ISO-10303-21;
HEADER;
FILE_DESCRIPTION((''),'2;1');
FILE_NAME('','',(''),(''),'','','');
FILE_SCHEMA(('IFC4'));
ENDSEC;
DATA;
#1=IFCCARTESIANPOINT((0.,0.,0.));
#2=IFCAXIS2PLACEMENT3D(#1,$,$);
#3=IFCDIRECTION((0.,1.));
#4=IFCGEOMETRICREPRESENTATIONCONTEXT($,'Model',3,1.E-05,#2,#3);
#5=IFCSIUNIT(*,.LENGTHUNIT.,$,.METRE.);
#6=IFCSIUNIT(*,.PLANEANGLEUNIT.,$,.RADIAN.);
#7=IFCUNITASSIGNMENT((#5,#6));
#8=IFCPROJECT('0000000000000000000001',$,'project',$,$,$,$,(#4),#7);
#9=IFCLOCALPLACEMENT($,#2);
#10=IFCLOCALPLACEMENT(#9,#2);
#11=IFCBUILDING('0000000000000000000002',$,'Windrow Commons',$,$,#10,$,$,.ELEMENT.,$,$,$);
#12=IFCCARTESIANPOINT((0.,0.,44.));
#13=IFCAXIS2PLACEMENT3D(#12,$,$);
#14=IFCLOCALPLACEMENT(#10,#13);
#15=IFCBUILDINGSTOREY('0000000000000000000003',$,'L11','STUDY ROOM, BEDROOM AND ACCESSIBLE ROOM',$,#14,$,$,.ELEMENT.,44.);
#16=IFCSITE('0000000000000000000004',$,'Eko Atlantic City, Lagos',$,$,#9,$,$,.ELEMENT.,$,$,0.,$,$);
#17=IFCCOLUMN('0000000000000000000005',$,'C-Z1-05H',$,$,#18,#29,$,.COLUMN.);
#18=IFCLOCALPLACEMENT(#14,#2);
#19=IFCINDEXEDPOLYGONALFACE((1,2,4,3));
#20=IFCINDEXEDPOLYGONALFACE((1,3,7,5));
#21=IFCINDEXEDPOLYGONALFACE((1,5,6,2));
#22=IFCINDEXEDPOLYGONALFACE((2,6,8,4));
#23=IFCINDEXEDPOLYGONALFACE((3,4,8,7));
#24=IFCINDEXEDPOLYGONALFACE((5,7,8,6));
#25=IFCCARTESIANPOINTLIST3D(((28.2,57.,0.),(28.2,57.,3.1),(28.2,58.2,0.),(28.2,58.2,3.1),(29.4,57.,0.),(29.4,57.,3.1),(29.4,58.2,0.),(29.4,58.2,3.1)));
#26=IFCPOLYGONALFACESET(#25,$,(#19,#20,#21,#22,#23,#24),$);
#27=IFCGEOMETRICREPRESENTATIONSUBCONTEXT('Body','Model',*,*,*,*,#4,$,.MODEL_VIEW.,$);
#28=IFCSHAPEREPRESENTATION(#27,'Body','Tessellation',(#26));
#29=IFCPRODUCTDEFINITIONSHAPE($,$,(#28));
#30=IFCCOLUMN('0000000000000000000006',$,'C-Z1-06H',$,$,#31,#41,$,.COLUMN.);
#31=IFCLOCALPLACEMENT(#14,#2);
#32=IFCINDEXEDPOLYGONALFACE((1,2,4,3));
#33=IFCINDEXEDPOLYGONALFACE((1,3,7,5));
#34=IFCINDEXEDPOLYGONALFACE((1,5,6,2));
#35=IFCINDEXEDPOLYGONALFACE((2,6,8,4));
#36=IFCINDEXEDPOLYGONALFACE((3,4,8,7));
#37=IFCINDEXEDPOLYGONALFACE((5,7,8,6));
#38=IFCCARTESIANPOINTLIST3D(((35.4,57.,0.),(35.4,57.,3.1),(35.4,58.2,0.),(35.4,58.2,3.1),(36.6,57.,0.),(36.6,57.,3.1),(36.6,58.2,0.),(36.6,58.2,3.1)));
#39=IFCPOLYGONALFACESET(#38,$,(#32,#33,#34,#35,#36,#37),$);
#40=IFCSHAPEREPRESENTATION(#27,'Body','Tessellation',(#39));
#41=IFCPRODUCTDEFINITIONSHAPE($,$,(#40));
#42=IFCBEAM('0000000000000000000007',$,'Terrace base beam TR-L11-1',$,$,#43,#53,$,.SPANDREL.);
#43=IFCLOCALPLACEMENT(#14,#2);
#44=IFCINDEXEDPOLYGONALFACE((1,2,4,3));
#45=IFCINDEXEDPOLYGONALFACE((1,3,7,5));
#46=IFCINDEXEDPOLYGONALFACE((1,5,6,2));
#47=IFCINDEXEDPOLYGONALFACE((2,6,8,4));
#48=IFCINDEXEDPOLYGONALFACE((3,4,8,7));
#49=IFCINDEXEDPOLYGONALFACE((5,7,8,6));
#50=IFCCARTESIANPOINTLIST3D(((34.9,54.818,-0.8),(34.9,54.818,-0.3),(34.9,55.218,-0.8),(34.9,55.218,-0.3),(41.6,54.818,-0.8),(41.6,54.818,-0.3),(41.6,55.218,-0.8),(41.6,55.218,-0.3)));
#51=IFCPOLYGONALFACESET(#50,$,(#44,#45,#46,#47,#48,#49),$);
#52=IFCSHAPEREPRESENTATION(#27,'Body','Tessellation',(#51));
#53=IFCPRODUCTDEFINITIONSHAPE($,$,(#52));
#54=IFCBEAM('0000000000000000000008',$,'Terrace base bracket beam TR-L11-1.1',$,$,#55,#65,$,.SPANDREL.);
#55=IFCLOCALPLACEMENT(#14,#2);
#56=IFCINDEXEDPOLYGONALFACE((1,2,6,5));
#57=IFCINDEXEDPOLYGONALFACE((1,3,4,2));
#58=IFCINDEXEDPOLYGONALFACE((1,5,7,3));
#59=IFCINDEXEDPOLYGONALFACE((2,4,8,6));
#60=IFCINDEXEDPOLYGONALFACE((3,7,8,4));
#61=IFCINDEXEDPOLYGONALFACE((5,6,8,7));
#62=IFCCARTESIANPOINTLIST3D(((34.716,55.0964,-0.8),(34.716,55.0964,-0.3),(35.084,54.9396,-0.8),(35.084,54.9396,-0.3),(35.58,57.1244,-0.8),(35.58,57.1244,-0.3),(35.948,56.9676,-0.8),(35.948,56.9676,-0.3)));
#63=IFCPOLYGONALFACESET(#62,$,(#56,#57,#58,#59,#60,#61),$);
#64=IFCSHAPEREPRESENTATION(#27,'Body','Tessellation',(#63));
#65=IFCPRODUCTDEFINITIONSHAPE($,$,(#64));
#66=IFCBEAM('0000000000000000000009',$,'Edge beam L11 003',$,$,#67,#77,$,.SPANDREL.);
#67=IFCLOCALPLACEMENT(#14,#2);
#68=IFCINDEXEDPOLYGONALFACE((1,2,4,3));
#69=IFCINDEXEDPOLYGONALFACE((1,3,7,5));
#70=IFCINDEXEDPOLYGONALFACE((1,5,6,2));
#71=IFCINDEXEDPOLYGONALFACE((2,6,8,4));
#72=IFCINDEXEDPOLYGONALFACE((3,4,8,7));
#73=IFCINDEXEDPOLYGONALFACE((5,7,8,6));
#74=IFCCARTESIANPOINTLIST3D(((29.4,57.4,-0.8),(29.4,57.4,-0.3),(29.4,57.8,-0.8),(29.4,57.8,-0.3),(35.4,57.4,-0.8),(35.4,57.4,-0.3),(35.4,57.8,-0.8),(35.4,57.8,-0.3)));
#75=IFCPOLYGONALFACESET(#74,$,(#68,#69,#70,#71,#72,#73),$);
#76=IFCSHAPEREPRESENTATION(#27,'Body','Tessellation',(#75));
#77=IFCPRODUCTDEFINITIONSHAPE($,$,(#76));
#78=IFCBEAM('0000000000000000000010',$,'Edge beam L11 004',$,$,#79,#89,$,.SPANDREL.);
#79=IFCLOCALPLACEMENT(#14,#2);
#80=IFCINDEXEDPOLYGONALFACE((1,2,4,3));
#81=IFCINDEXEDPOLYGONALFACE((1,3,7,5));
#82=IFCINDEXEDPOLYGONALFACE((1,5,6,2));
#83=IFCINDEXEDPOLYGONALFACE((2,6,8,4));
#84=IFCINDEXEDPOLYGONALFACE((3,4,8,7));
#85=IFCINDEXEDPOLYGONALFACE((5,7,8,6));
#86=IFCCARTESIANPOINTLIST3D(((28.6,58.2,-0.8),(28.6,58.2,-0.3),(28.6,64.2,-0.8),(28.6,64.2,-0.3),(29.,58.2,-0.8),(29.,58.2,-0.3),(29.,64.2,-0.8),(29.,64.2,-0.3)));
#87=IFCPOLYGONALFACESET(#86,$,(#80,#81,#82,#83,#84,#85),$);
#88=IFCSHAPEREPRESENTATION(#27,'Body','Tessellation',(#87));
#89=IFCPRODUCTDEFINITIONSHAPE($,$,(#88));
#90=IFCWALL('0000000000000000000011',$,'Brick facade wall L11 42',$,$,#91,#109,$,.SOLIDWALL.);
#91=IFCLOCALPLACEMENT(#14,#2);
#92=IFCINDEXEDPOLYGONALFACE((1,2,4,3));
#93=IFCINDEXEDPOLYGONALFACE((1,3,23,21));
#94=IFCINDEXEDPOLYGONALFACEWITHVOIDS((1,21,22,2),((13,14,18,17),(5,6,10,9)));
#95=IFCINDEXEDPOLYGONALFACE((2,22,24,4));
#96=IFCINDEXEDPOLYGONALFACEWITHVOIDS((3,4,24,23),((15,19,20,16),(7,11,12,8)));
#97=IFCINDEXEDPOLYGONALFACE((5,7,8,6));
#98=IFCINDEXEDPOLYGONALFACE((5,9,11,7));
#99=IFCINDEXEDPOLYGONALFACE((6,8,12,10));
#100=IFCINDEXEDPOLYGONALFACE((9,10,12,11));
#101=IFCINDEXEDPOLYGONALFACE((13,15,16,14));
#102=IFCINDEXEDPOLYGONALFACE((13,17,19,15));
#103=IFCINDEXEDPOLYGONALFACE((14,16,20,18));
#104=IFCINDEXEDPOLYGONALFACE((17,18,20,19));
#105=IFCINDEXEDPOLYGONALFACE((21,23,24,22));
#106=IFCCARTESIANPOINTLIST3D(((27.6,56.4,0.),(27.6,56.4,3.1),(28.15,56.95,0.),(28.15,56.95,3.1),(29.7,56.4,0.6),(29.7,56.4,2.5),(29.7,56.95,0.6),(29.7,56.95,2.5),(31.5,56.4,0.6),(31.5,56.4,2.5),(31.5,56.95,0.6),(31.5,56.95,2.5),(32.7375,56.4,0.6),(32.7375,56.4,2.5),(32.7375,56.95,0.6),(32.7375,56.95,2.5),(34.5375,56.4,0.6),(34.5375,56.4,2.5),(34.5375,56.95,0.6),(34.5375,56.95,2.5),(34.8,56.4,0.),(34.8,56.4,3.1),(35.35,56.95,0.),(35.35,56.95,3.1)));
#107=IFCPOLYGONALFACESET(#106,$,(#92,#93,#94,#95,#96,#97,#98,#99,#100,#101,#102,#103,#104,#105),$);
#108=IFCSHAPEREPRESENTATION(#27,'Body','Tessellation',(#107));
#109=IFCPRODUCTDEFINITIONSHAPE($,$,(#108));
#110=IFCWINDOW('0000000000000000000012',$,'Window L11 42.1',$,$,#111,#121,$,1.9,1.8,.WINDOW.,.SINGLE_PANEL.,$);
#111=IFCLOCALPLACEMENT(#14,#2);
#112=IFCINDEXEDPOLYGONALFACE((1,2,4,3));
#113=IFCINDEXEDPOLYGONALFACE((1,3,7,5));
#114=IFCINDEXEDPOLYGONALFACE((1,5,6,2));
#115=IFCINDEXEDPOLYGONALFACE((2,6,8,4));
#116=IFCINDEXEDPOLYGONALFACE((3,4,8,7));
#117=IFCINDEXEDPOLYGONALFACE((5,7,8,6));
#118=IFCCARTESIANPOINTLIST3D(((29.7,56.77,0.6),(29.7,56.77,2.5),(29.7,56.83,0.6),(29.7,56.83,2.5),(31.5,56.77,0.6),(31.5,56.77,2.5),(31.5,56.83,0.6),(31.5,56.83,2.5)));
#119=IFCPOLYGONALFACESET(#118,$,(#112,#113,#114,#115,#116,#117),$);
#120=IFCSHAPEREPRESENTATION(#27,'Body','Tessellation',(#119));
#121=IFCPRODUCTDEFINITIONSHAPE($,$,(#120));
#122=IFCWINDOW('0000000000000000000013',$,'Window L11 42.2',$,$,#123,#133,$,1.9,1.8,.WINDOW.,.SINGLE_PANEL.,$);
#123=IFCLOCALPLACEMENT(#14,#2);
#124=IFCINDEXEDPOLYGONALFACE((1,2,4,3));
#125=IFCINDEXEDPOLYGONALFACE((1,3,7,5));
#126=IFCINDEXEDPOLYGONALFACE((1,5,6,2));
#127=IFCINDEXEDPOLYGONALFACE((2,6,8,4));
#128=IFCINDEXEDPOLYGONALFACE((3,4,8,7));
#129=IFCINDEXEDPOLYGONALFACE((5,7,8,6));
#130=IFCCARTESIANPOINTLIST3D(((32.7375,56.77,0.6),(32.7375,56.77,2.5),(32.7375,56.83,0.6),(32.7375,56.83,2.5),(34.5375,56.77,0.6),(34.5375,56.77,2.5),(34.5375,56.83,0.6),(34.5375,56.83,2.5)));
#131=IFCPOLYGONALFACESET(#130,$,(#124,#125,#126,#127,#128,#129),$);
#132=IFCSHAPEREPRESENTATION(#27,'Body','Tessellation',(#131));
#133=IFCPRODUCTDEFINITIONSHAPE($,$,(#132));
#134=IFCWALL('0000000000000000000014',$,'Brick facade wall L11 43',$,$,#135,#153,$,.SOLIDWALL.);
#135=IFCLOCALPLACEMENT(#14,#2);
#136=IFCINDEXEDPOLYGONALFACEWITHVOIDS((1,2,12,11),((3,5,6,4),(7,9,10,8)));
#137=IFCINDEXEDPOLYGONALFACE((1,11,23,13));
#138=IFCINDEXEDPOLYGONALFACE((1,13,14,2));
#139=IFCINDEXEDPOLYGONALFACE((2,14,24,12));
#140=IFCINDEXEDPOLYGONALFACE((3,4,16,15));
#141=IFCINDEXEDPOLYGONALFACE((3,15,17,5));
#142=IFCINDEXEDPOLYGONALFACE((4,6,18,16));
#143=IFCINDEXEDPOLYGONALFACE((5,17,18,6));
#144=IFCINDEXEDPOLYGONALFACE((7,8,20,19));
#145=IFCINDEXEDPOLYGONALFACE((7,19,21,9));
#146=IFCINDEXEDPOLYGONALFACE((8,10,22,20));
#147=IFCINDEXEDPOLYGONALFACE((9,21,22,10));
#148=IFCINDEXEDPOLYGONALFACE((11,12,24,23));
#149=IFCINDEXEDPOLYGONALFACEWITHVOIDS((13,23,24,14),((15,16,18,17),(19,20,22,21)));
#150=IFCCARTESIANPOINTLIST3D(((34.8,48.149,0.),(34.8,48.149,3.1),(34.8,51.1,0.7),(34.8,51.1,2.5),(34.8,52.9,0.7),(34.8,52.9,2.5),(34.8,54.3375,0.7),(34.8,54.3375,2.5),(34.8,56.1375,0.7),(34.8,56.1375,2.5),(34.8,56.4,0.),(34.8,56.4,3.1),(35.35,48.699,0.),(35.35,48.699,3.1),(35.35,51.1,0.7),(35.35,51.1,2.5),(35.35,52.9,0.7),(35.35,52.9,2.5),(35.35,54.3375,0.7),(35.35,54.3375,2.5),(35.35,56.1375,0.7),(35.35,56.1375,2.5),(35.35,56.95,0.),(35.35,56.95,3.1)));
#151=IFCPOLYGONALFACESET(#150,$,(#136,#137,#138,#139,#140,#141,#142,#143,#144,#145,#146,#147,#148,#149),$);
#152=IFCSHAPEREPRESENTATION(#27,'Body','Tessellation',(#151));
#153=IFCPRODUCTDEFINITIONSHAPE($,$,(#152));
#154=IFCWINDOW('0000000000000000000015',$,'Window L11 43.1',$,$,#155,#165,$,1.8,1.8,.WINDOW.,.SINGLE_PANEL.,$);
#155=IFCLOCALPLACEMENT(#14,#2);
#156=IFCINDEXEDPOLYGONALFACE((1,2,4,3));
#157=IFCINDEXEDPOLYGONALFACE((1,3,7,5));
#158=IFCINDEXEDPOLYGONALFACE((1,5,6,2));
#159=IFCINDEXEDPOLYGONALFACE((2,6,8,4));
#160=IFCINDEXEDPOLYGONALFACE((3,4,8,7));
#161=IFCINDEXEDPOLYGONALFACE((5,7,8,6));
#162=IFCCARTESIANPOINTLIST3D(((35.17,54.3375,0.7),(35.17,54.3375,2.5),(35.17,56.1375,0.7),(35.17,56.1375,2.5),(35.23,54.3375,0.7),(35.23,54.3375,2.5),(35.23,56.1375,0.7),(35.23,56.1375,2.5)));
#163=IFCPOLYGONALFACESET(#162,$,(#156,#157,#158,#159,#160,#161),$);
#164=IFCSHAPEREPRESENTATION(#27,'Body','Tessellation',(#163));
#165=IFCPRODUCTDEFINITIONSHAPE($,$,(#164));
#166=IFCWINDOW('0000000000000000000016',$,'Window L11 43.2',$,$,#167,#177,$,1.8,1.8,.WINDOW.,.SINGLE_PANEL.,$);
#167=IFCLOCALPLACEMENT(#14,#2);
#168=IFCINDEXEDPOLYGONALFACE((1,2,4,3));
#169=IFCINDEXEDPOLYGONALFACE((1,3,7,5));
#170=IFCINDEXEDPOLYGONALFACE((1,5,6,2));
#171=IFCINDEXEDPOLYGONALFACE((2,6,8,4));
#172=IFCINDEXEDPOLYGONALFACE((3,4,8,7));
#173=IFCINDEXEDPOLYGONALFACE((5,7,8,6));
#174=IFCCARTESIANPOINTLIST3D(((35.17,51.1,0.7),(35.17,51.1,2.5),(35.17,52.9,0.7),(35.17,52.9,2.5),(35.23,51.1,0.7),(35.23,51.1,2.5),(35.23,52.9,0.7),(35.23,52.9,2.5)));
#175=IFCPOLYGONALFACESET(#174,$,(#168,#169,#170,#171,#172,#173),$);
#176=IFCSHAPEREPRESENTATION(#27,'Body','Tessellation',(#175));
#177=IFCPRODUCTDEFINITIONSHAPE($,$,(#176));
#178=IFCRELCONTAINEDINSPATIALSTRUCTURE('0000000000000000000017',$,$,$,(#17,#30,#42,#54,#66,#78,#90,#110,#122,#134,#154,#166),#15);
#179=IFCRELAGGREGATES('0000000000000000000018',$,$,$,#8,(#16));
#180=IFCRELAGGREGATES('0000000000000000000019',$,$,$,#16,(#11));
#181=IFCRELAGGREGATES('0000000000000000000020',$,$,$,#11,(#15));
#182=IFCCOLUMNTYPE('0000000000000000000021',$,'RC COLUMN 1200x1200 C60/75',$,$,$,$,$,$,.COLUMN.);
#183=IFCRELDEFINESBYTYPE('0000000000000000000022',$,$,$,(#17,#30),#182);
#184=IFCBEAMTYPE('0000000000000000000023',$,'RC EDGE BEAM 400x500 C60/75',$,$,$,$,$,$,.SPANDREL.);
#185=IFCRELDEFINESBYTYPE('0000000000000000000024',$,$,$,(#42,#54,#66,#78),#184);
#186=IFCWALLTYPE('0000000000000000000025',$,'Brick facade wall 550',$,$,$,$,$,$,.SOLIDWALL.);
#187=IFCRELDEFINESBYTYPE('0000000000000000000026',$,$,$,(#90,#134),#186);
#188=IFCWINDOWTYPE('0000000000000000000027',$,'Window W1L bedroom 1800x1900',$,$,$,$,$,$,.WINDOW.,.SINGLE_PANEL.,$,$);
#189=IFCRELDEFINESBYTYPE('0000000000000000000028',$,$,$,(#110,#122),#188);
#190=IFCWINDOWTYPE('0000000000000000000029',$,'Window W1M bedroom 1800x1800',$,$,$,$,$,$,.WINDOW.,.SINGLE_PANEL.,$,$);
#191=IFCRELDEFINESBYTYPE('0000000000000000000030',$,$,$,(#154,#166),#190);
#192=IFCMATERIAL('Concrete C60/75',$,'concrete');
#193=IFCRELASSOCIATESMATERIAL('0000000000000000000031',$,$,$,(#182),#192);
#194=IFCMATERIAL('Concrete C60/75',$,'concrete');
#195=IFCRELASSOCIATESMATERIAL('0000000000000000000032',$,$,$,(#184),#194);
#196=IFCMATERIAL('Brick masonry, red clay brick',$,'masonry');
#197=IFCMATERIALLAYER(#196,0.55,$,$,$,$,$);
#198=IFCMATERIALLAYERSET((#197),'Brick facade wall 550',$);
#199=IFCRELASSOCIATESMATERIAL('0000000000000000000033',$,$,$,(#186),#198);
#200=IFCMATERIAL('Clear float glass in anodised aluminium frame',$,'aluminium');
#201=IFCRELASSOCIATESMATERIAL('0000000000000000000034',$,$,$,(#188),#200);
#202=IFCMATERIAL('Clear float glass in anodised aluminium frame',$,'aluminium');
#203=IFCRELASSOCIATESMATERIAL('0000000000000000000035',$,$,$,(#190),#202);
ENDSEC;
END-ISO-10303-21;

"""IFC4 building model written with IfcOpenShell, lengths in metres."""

from ifc_helpers import new_model, si_unit, direction, frame, frame_2d, origin, origin_2d, place, context, subcontext, project, spatial, polyline, rectangle, outline, extrude, material, layer, layer_set, material_profile, profile_set, type_object, element, fill, save


model = new_model("IFC4")

# Units and contexts
model_context = context("Model", 3, precision=1e-05, world=origin(), true_north=direction((0.0, 1.0)))
body_context = subcontext(model_context, "Body", "Model", "MODEL_VIEW")
ifc_project = project(units=[si_unit("LENGTHUNIT", "METRE"), si_unit("PLANEANGLEUNIT", "RADIAN")], contexts=[model_context])

# Site, building, storey
site_placement = place(None, origin())
site = spatial("IfcSite", under=ifc_project, at=site_placement, Name="Eko Atlantic City, Lagos", CompositionType="ELEMENT", RefElevation=0.0)
building_placement = place(site_placement, origin())
building = spatial("IfcBuilding", under=site, at=building_placement, Name="Windrow Commons", CompositionType="ELEMENT")
storey_placement = place(building_placement, frame((0.0, 0.0, 44.0)))
storey = spatial("IfcBuildingStorey", under=building, at=storey_placement, Name="L11", Description="STUDY ROOM, BEDROOM AND ACCESSIBLE ROOM", CompositionType="ELEMENT", Elevation=44.0)

# Columns
ifc_material_1 = material(Name="Concrete C60/75", Category="concrete")
ifc_material_profile_1 = material_profile(ifc_material_1, rectangle(XDim=1.2, YDim=1.2, at=origin_2d()))
ifc_profile_set_1 = profile_set([ifc_material_profile_1], Name="Concrete C60/75")
column_type = type_object("IfcColumnType", Name="RC COLUMN 1200x1200 C60/75", PredefinedType="COLUMN", material=ifc_profile_set_1)
for number, where, z_axis, x_axis, name in (
    (1, (28.8, 57.6, 0.0), (0.0, 0.0, 1.0), (1.0, 0.0, 0.0), "C-Z1-05H"),
    (2, (36.0, 57.6, 0.0), (0.0, 0.0, 1.0), (1.0, 0.0, 0.0), "C-Z1-06H"),
):
    element("IfcColumn", number, at=place(storey_placement, frame(where, z_axis=z_axis, x_axis=x_axis)), inside=storey, type_object=column_type, Name=name, PredefinedType="COLUMN", context=body_context, shape_type="SweptSolid", body=[
        extrude(rectangle(XDim=1.2, YDim=1.2, at=origin_2d()), origin(), (0.0, 0.0, 1.0), 3.1),
    ])

# Beams
ifc_material_2 = material(Name="Concrete C60/75", Category="concrete")
ifc_material_profile_2 = material_profile(ifc_material_2, rectangle(XDim=0.4, YDim=0.5, at=origin_2d()))
ifc_profile_set_2 = profile_set([ifc_material_profile_2], Name="Concrete C60/75")
beam_type = type_object("IfcBeamType", Name="RC EDGE BEAM 400x500 C60/75", PredefinedType="SPANDREL", material=ifc_profile_set_2)
beam_1_placement = place(storey_placement, frame((34.9, 55.018, -0.55), z_axis=(1.0, 0.0, 0.0), x_axis=(0.0, 1.0, 0.0)))
element("IfcBeam", 3, at=beam_1_placement, inside=storey, type_object=beam_type, Name="Terrace base beam TR-L11-1", PredefinedType="SPANDREL", context=body_context, shape_type="SweptSolid", body=[
    extrude(rectangle(XDim=0.4, YDim=0.5, at=origin_2d()), origin(), (0.0, 0.0, 1.0), 6.7),
])
beam_2_placement = place(storey_placement, frame((35.764, 57.046, -0.55), z_axis=(-0.391947, -0.919988, 0.0), x_axis=(0.919988, -0.391947, 0.0)))
element("IfcBeam", 4, at=beam_2_placement, inside=storey, type_object=beam_type, Name="Terrace base bracket beam TR-L11-1.1", PredefinedType="SPANDREL", context=body_context, shape_type="SweptSolid", body=[
    extrude(rectangle(XDim=0.4, YDim=0.5, at=origin_2d()), origin(), (0.0, 0.0, 1.0), 2.2044),
])
for number, where, z_axis, x_axis, name in (
    (5, (35.4, 57.6, -0.55), (-1.0, 0.0, 0.0), (0.0, -1.0, 0.0), "Edge beam L11 003"),
    (6, (28.8, 58.2, -0.55), (0.0, 1.0, 0.0), (-1.0, 0.0, 0.0), "Edge beam L11 004"),
):
    element("IfcBeam", number, at=place(storey_placement, frame(where, z_axis=z_axis, x_axis=x_axis)), inside=storey, type_object=beam_type, Name=name, PredefinedType="SPANDREL", context=body_context, shape_type="SweptSolid", body=[
        extrude(rectangle(XDim=0.4, YDim=0.5, at=origin_2d()), origin(), (0.0, 0.0, 1.0), 6.0),
    ])

# Walls, openings, windows
ifc_material_3 = material(Name="Brick masonry, red clay brick", Category="masonry")
ifc_layer_1 = layer(ifc_material_3, 0.55)
ifc_layer_set_1 = layer_set([ifc_layer_1], Name="Brick facade wall 550")
wall_type_1 = type_object("IfcWallType", Name="Brick facade wall 550", PredefinedType="SOLIDWALL", material=ifc_layer_set_1)
wall_1_placement = place(storey_placement, frame((27.875, 56.675, 0.0), z_axis=(0.0, 0.0, 1.0), x_axis=(1.0, 0.0, 0.0)))
wall_1 = element("IfcWall", 7, at=wall_1_placement, inside=storey, type_object=wall_type_1, Name="Brick facade wall L11 42", PredefinedType="SOLIDWALL", context=body_context, shape_type="SweptSolid", body=[
    extrude(outline(polyline([(-0.275, -0.275), (6.925, -0.275), (7.475, 0.275), (0.275, 0.275), (-0.275, -0.275)])), origin(), (0.0, 0.0, 1.0), 3.1),
])
opening_1_placement = place(wall_1_placement, frame((1.825, 0.0, 0.6)))
opening_1 = element("IfcOpeningElement", 8, at=opening_1_placement, cuts=wall_1, PredefinedType="OPENING", context=body_context, shape_type="SweptSolid", body=[
    extrude(rectangle(XDim=1.8, YDim=1.9, at=frame_2d((0.9, 0.95))), frame((0.0, 0.285, 0.0), z_axis=(0.0, -1.0, 0.0), x_axis=(1.0, 0.0, 0.0)), (0.0, 0.0, 1.0), 0.57),
])
opening_2_placement = place(wall_1_placement, frame((4.8625, 0.0, 0.6)))
opening_2 = element("IfcOpeningElement", 9, at=opening_2_placement, cuts=wall_1, PredefinedType="OPENING", context=body_context, shape_type="SweptSolid", body=[
    extrude(rectangle(XDim=1.8, YDim=1.9, at=frame_2d((0.9, 0.95))), frame((0.0, 0.285, 0.0), z_axis=(0.0, -1.0, 0.0), x_axis=(1.0, 0.0, 0.0)), (0.0, 0.0, 1.0), 0.57),
])
ifc_material_4 = material(Name="Clear float glass in anodised aluminium frame", Category="aluminium")
window_type_1 = type_object("IfcWindowType", Name="Window W1L bedroom 1800x1900", PartitioningType="SINGLE_PANEL", PredefinedType="WINDOW", material=ifc_material_4)
window_1_placement = place(opening_1_placement, origin())
window_1 = element("IfcWindow", 10, at=window_1_placement, inside=storey, type_object=window_type_1, Name="Window L11 42.1", OverallHeight=1.9, OverallWidth=1.8, PartitioningType="SINGLE_PANEL", PredefinedType="WINDOW", context=body_context, shape_type="SweptSolid", body=[
    extrude(rectangle(XDim=1.8, YDim=1.9, at=frame_2d((0.9, 0.95))), frame((0.0, 0.155, 0.0), z_axis=(0.0, -1.0, 0.0), x_axis=(1.0, 0.0, 0.0)), (0.0, 0.0, 1.0), 0.06),
])
fill(opening_1, window_1)
window_2_placement = place(opening_2_placement, origin())
window_2 = element("IfcWindow", 11, at=window_2_placement, inside=storey, type_object=window_type_1, Name="Window L11 42.2", OverallHeight=1.9, OverallWidth=1.8, PartitioningType="SINGLE_PANEL", PredefinedType="WINDOW", context=body_context, shape_type="SweptSolid", body=[
    extrude(rectangle(XDim=1.8, YDim=1.9, at=frame_2d((0.9, 0.95))), frame((0.0, 0.155, 0.0), z_axis=(0.0, -1.0, 0.0), x_axis=(1.0, 0.0, 0.0)), (0.0, 0.0, 1.0), 0.06),
])
fill(opening_2, window_2)
wall_2_placement = place(storey_placement, frame((35.075, 56.675, 0.0), z_axis=(0.0, 0.0, 1.0), x_axis=(0.0, -1.0, 0.0)))
wall_2 = element("IfcWall", 12, at=wall_2_placement, inside=storey, type_object=wall_type_1, Name="Brick facade wall L11 43", PredefinedType="SOLIDWALL", context=body_context, shape_type="SweptSolid", body=[
    extrude(outline(polyline([(0.275, -0.275), (8.526, -0.275), (7.976, 0.275), (-0.275, 0.275), (0.275, -0.275)])), origin(), (0.0, 0.0, 1.0), 3.1),
])
opening_3_placement = place(wall_2_placement, frame((0.5375, 0.0, 0.7)))
opening_3 = element("IfcOpeningElement", 13, at=opening_3_placement, cuts=wall_2, PredefinedType="OPENING", context=body_context, shape_type="SweptSolid", body=[
    extrude(rectangle(XDim=1.8, YDim=1.8, at=frame_2d((0.9, 0.9))), frame((0.0, 0.285, 0.0), z_axis=(0.0, -1.0, 0.0), x_axis=(1.0, 0.0, 0.0)), (0.0, 0.0, 1.0), 0.57),
])
opening_4_placement = place(wall_2_placement, frame((3.775, 0.0, 0.7)))
opening_4 = element("IfcOpeningElement", 14, at=opening_4_placement, cuts=wall_2, PredefinedType="OPENING", context=body_context, shape_type="SweptSolid", body=[
    extrude(rectangle(XDim=1.8, YDim=1.8, at=frame_2d((0.9, 0.9))), frame((0.0, 0.285, 0.0), z_axis=(0.0, -1.0, 0.0), x_axis=(1.0, 0.0, 0.0)), (0.0, 0.0, 1.0), 0.57),
])
ifc_material_5 = material(Name="Clear float glass in anodised aluminium frame", Category="aluminium")
window_type_2 = type_object("IfcWindowType", Name="Window W1M bedroom 1800x1800", PartitioningType="SINGLE_PANEL", PredefinedType="WINDOW", material=ifc_material_5)
window_3_placement = place(opening_3_placement, origin())
window_3 = element("IfcWindow", 15, at=window_3_placement, inside=storey, type_object=window_type_2, Name="Window L11 43.1", OverallHeight=1.8, OverallWidth=1.8, PartitioningType="SINGLE_PANEL", PredefinedType="WINDOW", context=body_context, shape_type="SweptSolid", body=[
    extrude(rectangle(XDim=1.8, YDim=1.8, at=frame_2d((0.9, 0.9))), frame((0.0, 0.155, 0.0), z_axis=(0.0, -1.0, 0.0), x_axis=(1.0, 0.0, 0.0)), (0.0, 0.0, 1.0), 0.06),
])
fill(opening_3, window_3)
window_4_placement = place(opening_4_placement, origin())
window_4 = element("IfcWindow", 16, at=window_4_placement, inside=storey, type_object=window_type_2, Name="Window L11 43.2", OverallHeight=1.8, OverallWidth=1.8, PartitioningType="SINGLE_PANEL", PredefinedType="WINDOW", context=body_context, shape_type="SweptSolid", body=[
    extrude(rectangle(XDim=1.8, YDim=1.8, at=frame_2d((0.9, 0.9))), frame((0.0, 0.155, 0.0), z_axis=(0.0, -1.0, 0.0), x_axis=(1.0, 0.0, 0.0)), (0.0, 0.0, 1.0), 0.06),
])
fill(opening_4, window_4)

save(model, "model.ifc")
